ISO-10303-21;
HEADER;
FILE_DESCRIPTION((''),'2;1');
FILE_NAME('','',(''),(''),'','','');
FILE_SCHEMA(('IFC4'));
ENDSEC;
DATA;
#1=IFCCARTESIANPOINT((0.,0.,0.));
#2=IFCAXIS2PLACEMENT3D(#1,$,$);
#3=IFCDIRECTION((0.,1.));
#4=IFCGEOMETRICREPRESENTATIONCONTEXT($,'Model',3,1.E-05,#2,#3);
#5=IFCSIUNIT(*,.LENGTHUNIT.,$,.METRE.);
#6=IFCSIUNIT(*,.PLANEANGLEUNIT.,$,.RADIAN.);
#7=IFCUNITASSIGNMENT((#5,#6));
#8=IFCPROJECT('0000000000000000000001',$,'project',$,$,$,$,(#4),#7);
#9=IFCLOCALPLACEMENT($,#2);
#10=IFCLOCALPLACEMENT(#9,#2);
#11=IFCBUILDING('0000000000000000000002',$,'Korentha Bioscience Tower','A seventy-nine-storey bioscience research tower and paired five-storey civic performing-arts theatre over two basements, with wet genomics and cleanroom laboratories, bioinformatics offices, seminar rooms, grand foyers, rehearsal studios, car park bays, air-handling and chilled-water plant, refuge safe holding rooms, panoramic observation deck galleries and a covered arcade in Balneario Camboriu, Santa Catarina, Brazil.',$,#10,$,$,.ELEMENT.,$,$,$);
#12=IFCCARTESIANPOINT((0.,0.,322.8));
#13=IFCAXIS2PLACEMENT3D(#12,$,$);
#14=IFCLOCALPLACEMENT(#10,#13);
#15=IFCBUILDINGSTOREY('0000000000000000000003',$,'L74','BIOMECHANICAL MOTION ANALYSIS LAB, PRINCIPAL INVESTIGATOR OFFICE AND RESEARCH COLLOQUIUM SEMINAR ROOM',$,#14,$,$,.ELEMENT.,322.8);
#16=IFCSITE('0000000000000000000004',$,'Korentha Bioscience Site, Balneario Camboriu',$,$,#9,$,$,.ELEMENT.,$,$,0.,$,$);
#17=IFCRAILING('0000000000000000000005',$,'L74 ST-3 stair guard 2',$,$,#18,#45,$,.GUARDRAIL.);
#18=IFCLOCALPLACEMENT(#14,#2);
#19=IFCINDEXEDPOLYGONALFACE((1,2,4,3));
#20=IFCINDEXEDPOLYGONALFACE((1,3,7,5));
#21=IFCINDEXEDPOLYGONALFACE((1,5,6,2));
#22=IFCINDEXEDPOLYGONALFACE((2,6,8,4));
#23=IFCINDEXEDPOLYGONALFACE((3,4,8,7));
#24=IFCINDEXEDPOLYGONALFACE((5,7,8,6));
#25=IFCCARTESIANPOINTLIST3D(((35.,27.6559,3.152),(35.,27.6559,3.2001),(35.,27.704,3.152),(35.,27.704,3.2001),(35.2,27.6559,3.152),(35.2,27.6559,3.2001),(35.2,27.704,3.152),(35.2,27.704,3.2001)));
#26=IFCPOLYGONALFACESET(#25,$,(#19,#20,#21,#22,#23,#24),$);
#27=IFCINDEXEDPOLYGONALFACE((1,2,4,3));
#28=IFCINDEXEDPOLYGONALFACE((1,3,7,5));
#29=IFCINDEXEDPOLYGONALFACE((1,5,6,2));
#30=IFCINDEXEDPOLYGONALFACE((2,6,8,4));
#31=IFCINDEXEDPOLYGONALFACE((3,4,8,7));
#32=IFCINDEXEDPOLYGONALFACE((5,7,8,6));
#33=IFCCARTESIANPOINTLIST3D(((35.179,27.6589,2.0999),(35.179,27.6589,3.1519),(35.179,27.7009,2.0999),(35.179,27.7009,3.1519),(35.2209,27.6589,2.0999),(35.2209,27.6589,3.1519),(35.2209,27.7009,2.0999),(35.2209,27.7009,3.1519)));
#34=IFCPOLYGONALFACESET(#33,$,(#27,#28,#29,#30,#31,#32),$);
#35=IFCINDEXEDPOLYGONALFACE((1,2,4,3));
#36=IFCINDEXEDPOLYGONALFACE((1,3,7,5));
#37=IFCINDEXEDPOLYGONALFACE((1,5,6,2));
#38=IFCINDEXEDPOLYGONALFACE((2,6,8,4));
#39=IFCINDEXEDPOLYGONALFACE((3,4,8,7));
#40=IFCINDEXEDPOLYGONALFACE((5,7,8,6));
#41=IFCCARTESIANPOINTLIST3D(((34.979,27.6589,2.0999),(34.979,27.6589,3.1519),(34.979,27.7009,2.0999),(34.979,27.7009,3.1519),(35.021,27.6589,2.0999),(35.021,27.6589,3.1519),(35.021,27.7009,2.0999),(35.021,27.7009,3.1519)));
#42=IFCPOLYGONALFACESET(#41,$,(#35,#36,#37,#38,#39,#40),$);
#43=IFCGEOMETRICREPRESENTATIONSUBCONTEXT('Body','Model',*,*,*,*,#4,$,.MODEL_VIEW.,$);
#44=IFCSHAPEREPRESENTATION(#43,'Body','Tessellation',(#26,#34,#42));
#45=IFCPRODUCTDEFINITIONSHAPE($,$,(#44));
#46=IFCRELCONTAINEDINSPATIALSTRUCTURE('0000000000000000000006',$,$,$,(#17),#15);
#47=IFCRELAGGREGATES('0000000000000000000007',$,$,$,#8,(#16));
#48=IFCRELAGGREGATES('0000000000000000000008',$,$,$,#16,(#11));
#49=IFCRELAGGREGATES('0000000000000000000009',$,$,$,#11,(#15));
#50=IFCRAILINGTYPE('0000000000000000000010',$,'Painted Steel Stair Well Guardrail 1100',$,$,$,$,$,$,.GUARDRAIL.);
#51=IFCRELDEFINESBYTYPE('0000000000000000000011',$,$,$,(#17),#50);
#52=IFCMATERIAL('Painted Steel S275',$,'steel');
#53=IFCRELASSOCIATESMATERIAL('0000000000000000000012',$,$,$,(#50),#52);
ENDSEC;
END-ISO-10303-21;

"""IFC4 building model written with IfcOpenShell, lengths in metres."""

from ifc_helpers import new_model, si_unit, direction, frame, origin, origin_2d, place, context, subcontext, project, spatial, rectangle, extrude, material, type_object, element, save


model = new_model("IFC4")

# Units and contexts
model_context = context("Model", 3, precision=1e-05, world=origin(), true_north=direction((0.0, 1.0)))
body_context = subcontext(model_context, "Body", "Model", "MODEL_VIEW")
ifc_project = project(units=[si_unit("LENGTHUNIT", "METRE"), si_unit("PLANEANGLEUNIT", "RADIAN")], contexts=[model_context])

# Site, building, storey
site_placement = place(None, origin())
site = spatial("IfcSite", under=ifc_project, at=site_placement, Name="Korentha Bioscience Site, Balneario Camboriu", CompositionType="ELEMENT", RefElevation=0.0)
building_placement = place(site_placement, origin())
building = spatial("IfcBuilding", under=site, at=building_placement, Name="Korentha Bioscience Tower", Description="A seventy-nine-storey bioscience research tower and paired five-storey civic performing-arts theatre over two basements, with wet genomics and cleanroom laboratories, bioinformatics offices, seminar rooms, grand foyers, rehearsal studios, car park bays, air-handling and chilled-water plant, refuge safe holding rooms, panoramic observation deck galleries and a covered arcade in Balneario Camboriu, Santa Catarina, Brazil.", CompositionType="ELEMENT")
storey_placement = place(building_placement, frame((0.0, 0.0, 322.8)))
storey = spatial("IfcBuildingStorey", under=building, at=storey_placement, Name="L74", Description="BIOMECHANICAL MOTION ANALYSIS LAB, PRINCIPAL INVESTIGATOR OFFICE AND RESEARCH COLLOQUIUM SEMINAR ROOM", CompositionType="ELEMENT", Elevation=322.8)

# Railing
ifc_material_1 = material(Name="Painted Steel S275", Category="steel")
railing_type_1 = type_object("IfcRailingType", Name="Painted Steel Stair Well Guardrail 1100", PredefinedType="GUARDRAIL", material=ifc_material_1)
railing_1_placement = place(storey_placement, frame((35.2, 27.6799, 2.0999)))
element("IfcRailing", 1, at=railing_1_placement, inside=storey, type_object=railing_type_1, Name="L74 ST-3 stair guard 2", PredefinedType="GUARDRAIL", context=body_context, shape_type="SweptSolid", body=[
    extrude(rectangle(XDim=0.0481, YDim=0.0481, at=origin_2d()), frame((0.0, 0.0, 1.0762), z_axis=(-1.0, 0.0, 0.0), x_axis=(0.0, -1.0, 0.0)), (0.0, 0.0, 1.0), 0.2),
    extrude(rectangle(XDim=0.042, YDim=0.042, at=origin_2d()), origin(), (0.0, 0.0, 1.0), 1.052),
    extrude(rectangle(XDim=0.042, YDim=0.042, at=origin_2d()), frame((-0.2, 0.0, 0.0)), (0.0, 0.0, 1.0), 1.052),
])

save(model, "model.ifc")
